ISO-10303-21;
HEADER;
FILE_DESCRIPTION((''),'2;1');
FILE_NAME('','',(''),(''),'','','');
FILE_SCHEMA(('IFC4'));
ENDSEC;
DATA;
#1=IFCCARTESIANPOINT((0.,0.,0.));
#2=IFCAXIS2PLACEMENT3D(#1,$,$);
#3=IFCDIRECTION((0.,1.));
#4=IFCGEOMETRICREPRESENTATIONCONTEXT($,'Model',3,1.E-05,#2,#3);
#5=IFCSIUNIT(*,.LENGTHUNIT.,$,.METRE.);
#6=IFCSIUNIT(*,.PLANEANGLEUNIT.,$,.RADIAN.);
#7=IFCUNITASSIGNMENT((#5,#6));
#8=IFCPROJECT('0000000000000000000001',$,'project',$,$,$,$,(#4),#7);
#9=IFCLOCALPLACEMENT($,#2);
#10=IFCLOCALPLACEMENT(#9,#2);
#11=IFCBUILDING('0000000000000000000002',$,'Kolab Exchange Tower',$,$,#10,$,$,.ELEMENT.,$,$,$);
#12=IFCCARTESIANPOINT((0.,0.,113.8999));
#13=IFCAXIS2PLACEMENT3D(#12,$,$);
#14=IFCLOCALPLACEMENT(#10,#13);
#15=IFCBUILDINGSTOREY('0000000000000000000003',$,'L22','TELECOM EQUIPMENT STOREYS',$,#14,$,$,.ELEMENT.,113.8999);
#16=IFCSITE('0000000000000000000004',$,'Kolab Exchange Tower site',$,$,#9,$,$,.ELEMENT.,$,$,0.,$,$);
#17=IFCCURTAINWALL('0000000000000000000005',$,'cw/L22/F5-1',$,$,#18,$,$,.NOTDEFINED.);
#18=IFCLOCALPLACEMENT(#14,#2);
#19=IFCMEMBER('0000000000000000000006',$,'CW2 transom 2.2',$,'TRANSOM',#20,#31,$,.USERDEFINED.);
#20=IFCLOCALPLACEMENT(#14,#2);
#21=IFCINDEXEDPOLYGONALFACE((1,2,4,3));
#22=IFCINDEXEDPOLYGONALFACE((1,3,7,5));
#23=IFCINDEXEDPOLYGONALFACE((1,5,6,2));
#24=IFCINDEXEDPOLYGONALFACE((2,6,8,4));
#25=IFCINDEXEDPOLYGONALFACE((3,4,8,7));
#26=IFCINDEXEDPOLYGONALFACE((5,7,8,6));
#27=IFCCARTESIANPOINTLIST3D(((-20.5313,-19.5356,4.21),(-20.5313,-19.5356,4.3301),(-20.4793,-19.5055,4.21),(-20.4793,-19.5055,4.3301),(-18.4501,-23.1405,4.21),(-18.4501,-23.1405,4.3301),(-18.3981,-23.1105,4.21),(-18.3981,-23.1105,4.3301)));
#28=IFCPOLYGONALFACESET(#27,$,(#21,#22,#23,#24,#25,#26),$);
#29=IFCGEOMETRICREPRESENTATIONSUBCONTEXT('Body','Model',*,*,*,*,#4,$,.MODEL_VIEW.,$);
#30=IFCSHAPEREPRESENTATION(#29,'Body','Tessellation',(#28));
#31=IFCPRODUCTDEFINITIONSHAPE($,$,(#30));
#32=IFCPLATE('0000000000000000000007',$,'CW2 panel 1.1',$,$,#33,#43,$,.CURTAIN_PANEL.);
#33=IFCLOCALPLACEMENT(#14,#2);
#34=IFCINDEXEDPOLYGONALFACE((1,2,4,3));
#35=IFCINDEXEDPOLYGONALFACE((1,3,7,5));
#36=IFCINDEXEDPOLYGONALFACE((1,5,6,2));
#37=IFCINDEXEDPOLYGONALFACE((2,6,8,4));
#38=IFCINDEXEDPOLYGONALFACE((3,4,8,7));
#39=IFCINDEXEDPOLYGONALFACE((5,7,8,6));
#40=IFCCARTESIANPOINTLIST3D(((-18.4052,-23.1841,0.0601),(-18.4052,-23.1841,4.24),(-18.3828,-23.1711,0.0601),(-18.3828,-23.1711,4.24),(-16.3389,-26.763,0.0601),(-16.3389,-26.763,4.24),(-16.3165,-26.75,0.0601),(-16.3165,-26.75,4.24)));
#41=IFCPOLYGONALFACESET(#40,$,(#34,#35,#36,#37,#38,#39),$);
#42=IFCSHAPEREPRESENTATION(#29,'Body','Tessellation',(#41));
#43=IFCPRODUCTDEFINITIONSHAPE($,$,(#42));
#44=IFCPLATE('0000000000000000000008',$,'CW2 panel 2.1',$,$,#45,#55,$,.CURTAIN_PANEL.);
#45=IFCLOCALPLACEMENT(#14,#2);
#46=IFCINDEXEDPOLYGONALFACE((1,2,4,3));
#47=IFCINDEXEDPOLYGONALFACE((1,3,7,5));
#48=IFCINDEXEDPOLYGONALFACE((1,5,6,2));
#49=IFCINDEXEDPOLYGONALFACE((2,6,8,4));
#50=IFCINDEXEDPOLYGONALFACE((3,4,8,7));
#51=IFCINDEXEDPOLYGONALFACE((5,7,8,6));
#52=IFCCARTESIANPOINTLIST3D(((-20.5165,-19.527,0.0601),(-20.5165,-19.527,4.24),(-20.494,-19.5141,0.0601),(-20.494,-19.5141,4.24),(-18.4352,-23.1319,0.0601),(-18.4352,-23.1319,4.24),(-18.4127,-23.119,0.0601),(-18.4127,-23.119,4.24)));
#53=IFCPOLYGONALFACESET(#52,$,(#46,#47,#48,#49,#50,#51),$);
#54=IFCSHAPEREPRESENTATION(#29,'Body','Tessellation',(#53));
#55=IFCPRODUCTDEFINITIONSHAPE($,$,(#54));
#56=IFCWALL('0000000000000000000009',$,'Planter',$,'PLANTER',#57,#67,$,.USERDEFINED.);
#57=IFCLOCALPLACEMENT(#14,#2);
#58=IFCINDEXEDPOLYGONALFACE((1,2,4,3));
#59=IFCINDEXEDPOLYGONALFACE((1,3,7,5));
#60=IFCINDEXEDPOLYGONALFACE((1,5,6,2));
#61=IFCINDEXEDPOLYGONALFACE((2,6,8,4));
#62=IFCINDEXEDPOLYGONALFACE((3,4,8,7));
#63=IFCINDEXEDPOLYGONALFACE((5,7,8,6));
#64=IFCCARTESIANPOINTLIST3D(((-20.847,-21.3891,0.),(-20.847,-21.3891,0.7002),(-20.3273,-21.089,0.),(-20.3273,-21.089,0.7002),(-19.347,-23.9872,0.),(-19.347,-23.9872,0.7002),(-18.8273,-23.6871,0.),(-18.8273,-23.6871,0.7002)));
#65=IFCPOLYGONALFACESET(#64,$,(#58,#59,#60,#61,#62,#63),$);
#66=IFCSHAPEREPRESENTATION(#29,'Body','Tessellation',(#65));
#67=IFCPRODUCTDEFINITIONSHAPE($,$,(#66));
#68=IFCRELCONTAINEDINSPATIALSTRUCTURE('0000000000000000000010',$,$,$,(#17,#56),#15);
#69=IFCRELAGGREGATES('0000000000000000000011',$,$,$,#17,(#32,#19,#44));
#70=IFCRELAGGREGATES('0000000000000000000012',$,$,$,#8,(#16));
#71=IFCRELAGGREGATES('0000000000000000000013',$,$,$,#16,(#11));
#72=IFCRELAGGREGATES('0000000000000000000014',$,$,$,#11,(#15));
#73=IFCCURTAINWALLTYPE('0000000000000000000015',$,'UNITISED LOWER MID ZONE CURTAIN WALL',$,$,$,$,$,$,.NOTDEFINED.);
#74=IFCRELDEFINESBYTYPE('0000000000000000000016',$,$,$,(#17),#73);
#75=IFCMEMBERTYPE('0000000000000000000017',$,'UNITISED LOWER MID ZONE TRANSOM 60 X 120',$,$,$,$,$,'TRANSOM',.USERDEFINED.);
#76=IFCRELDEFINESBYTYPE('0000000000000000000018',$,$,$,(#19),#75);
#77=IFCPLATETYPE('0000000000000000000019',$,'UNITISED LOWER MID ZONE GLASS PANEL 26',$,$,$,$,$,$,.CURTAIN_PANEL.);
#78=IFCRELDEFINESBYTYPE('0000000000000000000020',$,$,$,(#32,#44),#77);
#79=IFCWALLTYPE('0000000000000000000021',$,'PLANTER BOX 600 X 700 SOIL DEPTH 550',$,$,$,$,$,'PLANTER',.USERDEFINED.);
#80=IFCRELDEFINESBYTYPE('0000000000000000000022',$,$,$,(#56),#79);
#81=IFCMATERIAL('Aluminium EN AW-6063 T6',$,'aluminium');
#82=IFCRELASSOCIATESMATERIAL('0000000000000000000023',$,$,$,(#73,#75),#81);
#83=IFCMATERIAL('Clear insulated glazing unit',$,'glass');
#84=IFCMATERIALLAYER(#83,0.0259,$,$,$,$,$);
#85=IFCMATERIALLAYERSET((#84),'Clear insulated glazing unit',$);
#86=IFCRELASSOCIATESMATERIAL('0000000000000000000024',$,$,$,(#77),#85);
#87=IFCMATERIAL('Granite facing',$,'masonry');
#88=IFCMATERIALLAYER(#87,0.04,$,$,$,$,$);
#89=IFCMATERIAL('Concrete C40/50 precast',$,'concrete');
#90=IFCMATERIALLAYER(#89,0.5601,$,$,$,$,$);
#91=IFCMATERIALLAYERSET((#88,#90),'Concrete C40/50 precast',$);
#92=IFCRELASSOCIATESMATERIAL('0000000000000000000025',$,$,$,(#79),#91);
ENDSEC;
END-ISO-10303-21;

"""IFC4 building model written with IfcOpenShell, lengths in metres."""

from ifc_helpers import new_model, si_unit, direction, frame, frame_2d, origin, origin_2d, place, context, subcontext, project, spatial, rectangle, extrude, material, layer, layer_set, material_profile, profile_set, type_object, element, aggregate, save


model = new_model("IFC4")

# Units and contexts
model_context = context("Model", 3, precision=1e-05, world=origin(), true_north=direction((0.0, 1.0)))
body_context = subcontext(model_context, "Body", "Model", "MODEL_VIEW")
ifc_project = project(units=[si_unit("LENGTHUNIT", "METRE"), si_unit("PLANEANGLEUNIT", "RADIAN")], contexts=[model_context])

# Site, building, storey
site_placement = place(None, origin())
site = spatial("IfcSite", under=ifc_project, at=site_placement, Name="Kolab Exchange Tower site", CompositionType="ELEMENT", RefElevation=0.0)
building_placement = place(site_placement, origin())
building = spatial("IfcBuilding", under=site, at=building_placement, Name="Kolab Exchange Tower", CompositionType="ELEMENT")
storey_placement = place(building_placement, frame((0.0, 0.0, 113.8999)))
storey = spatial("IfcBuildingStorey", under=building, at=storey_placement, Name="L22", Description="TELECOM EQUIPMENT STOREYS", CompositionType="ELEMENT", Elevation=113.8999)

# Curtain wall
ifc_material_1 = material(Name="Aluminium EN AW-6063 T6", Category="aluminium")
curtain_wall_type = type_object("IfcCurtainWallType", Name="UNITISED LOWER MID ZONE CURTAIN WALL", PredefinedType="NOTDEFINED", material=ifc_material_1)
curtain_wall_1_placement = place(storey_placement, origin())
curtain_wall_1 = element("IfcCurtainWall", 1, at=curtain_wall_1_placement, inside=storey, type_object=curtain_wall_type, Name="cw/L22/F5-1", PredefinedType="NOTDEFINED")

# Member
ifc_material_profile_1 = material_profile(ifc_material_1, rectangle(XDim=0.0601, YDim=0.1201, at=origin_2d()), Name="RECT 60X120")
ifc_profile_set_1 = profile_set([ifc_material_profile_1], Name="Aluminium EN AW-6063 T6")
member_type_1 = type_object("IfcMemberType", Name="UNITISED LOWER MID ZONE TRANSOM 60 X 120", ElementType="TRANSOM", PredefinedType="USERDEFINED", material=ifc_profile_set_1)
member_1_placement = place(storey_placement, frame((-18.4241, -23.1255, 4.27), z_axis=(-0.499993, 0.866029, 0.0), x_axis=(-0.866029, -0.499993, 0.0)))
member_1 = element("IfcMember", 2, at=member_1_placement, type_object=member_type_1, Name="CW2 transom 2.2", ObjectType="TRANSOM", PredefinedType="USERDEFINED", context=body_context, shape_type="SweptSolid", body=[
    extrude(rectangle(XDim=0.0601, YDim=0.1201, at=origin_2d()), origin(), (0.0, 0.0, 1.0), 4.1626),
])

# Plates
ifc_material_2 = material(Name="Clear insulated glazing unit", Category="glass")
ifc_layer_1 = layer(ifc_material_2, 0.0259)
ifc_layer_set_1 = layer_set([ifc_layer_1], Name="Clear insulated glazing unit")
plate_type = type_object("IfcPlateType", Name="UNITISED LOWER MID ZONE GLASS PANEL 26", PredefinedType="CURTAIN_PANEL", material=ifc_layer_set_1)
plate_1_placement = place(storey_placement, frame((-17.3608, -24.967, 0.0601), z_axis=(0.0, 0.0, 1.0), x_axis=(-0.5, 0.866025, 0.0)))
plate_1 = element("IfcPlate", 3, at=plate_1_placement, type_object=plate_type, Name="CW2 panel 1.1", PredefinedType="CURTAIN_PANEL", context=body_context, shape_type="SweptSolid", body=[
    extrude(rectangle(XDim=4.1326, YDim=0.0259, at=origin_2d()), origin(), (0.0, 0.0, 1.0), 4.1799),
])
plate_2_placement = place(storey_placement, frame((-19.4646, -21.323, 0.0601), z_axis=(0.0, 0.0, 1.0), x_axis=(-0.5, 0.866025, 0.0)))
plate_2 = element("IfcPlate", 4, at=plate_2_placement, type_object=plate_type, Name="CW2 panel 2.1", PredefinedType="CURTAIN_PANEL", context=body_context, shape_type="SweptSolid", body=[
    extrude(rectangle(XDim=4.1626, YDim=0.0259, at=origin_2d()), origin(), (0.0, 0.0, 1.0), 4.1799),
])
aggregate(curtain_wall_1, [plate_1, member_1, plate_2])

# Wall
ifc_material_3 = material(Name="Granite facing", Category="masonry")
ifc_layer_2 = layer(ifc_material_3, 0.04)
ifc_material_4 = material(Name="Concrete C40/50 precast", Category="concrete")
ifc_layer_3 = layer(ifc_material_4, 0.5601)
ifc_layer_set_2 = layer_set([ifc_layer_2, ifc_layer_3], Name="Concrete C40/50 precast")
wall_type = type_object("IfcWallType", Name="PLANTER BOX 600 X 700 SOIL DEPTH 550", ElementType="PLANTER", PredefinedType="USERDEFINED", material=ifc_layer_set_2)
wall_placement = place(storey_placement, frame((-19.0872, -23.8372, 0.0), z_axis=(0.0, 0.0, 1.0), x_axis=(-0.49999, 0.866031, 0.0)))
element("IfcWall", 5, at=wall_placement, inside=storey, type_object=wall_type, Name="Planter", ObjectType="PLANTER", PredefinedType="USERDEFINED", context=body_context, shape_type="SweptSolid", body=[
    extrude(rectangle(XDim=3.0, YDim=0.6001, at=frame_2d((1.5, 0.0))), origin(), (0.0, 0.0, 1.0), 0.7002),
])

save(model, "model.ifc")
